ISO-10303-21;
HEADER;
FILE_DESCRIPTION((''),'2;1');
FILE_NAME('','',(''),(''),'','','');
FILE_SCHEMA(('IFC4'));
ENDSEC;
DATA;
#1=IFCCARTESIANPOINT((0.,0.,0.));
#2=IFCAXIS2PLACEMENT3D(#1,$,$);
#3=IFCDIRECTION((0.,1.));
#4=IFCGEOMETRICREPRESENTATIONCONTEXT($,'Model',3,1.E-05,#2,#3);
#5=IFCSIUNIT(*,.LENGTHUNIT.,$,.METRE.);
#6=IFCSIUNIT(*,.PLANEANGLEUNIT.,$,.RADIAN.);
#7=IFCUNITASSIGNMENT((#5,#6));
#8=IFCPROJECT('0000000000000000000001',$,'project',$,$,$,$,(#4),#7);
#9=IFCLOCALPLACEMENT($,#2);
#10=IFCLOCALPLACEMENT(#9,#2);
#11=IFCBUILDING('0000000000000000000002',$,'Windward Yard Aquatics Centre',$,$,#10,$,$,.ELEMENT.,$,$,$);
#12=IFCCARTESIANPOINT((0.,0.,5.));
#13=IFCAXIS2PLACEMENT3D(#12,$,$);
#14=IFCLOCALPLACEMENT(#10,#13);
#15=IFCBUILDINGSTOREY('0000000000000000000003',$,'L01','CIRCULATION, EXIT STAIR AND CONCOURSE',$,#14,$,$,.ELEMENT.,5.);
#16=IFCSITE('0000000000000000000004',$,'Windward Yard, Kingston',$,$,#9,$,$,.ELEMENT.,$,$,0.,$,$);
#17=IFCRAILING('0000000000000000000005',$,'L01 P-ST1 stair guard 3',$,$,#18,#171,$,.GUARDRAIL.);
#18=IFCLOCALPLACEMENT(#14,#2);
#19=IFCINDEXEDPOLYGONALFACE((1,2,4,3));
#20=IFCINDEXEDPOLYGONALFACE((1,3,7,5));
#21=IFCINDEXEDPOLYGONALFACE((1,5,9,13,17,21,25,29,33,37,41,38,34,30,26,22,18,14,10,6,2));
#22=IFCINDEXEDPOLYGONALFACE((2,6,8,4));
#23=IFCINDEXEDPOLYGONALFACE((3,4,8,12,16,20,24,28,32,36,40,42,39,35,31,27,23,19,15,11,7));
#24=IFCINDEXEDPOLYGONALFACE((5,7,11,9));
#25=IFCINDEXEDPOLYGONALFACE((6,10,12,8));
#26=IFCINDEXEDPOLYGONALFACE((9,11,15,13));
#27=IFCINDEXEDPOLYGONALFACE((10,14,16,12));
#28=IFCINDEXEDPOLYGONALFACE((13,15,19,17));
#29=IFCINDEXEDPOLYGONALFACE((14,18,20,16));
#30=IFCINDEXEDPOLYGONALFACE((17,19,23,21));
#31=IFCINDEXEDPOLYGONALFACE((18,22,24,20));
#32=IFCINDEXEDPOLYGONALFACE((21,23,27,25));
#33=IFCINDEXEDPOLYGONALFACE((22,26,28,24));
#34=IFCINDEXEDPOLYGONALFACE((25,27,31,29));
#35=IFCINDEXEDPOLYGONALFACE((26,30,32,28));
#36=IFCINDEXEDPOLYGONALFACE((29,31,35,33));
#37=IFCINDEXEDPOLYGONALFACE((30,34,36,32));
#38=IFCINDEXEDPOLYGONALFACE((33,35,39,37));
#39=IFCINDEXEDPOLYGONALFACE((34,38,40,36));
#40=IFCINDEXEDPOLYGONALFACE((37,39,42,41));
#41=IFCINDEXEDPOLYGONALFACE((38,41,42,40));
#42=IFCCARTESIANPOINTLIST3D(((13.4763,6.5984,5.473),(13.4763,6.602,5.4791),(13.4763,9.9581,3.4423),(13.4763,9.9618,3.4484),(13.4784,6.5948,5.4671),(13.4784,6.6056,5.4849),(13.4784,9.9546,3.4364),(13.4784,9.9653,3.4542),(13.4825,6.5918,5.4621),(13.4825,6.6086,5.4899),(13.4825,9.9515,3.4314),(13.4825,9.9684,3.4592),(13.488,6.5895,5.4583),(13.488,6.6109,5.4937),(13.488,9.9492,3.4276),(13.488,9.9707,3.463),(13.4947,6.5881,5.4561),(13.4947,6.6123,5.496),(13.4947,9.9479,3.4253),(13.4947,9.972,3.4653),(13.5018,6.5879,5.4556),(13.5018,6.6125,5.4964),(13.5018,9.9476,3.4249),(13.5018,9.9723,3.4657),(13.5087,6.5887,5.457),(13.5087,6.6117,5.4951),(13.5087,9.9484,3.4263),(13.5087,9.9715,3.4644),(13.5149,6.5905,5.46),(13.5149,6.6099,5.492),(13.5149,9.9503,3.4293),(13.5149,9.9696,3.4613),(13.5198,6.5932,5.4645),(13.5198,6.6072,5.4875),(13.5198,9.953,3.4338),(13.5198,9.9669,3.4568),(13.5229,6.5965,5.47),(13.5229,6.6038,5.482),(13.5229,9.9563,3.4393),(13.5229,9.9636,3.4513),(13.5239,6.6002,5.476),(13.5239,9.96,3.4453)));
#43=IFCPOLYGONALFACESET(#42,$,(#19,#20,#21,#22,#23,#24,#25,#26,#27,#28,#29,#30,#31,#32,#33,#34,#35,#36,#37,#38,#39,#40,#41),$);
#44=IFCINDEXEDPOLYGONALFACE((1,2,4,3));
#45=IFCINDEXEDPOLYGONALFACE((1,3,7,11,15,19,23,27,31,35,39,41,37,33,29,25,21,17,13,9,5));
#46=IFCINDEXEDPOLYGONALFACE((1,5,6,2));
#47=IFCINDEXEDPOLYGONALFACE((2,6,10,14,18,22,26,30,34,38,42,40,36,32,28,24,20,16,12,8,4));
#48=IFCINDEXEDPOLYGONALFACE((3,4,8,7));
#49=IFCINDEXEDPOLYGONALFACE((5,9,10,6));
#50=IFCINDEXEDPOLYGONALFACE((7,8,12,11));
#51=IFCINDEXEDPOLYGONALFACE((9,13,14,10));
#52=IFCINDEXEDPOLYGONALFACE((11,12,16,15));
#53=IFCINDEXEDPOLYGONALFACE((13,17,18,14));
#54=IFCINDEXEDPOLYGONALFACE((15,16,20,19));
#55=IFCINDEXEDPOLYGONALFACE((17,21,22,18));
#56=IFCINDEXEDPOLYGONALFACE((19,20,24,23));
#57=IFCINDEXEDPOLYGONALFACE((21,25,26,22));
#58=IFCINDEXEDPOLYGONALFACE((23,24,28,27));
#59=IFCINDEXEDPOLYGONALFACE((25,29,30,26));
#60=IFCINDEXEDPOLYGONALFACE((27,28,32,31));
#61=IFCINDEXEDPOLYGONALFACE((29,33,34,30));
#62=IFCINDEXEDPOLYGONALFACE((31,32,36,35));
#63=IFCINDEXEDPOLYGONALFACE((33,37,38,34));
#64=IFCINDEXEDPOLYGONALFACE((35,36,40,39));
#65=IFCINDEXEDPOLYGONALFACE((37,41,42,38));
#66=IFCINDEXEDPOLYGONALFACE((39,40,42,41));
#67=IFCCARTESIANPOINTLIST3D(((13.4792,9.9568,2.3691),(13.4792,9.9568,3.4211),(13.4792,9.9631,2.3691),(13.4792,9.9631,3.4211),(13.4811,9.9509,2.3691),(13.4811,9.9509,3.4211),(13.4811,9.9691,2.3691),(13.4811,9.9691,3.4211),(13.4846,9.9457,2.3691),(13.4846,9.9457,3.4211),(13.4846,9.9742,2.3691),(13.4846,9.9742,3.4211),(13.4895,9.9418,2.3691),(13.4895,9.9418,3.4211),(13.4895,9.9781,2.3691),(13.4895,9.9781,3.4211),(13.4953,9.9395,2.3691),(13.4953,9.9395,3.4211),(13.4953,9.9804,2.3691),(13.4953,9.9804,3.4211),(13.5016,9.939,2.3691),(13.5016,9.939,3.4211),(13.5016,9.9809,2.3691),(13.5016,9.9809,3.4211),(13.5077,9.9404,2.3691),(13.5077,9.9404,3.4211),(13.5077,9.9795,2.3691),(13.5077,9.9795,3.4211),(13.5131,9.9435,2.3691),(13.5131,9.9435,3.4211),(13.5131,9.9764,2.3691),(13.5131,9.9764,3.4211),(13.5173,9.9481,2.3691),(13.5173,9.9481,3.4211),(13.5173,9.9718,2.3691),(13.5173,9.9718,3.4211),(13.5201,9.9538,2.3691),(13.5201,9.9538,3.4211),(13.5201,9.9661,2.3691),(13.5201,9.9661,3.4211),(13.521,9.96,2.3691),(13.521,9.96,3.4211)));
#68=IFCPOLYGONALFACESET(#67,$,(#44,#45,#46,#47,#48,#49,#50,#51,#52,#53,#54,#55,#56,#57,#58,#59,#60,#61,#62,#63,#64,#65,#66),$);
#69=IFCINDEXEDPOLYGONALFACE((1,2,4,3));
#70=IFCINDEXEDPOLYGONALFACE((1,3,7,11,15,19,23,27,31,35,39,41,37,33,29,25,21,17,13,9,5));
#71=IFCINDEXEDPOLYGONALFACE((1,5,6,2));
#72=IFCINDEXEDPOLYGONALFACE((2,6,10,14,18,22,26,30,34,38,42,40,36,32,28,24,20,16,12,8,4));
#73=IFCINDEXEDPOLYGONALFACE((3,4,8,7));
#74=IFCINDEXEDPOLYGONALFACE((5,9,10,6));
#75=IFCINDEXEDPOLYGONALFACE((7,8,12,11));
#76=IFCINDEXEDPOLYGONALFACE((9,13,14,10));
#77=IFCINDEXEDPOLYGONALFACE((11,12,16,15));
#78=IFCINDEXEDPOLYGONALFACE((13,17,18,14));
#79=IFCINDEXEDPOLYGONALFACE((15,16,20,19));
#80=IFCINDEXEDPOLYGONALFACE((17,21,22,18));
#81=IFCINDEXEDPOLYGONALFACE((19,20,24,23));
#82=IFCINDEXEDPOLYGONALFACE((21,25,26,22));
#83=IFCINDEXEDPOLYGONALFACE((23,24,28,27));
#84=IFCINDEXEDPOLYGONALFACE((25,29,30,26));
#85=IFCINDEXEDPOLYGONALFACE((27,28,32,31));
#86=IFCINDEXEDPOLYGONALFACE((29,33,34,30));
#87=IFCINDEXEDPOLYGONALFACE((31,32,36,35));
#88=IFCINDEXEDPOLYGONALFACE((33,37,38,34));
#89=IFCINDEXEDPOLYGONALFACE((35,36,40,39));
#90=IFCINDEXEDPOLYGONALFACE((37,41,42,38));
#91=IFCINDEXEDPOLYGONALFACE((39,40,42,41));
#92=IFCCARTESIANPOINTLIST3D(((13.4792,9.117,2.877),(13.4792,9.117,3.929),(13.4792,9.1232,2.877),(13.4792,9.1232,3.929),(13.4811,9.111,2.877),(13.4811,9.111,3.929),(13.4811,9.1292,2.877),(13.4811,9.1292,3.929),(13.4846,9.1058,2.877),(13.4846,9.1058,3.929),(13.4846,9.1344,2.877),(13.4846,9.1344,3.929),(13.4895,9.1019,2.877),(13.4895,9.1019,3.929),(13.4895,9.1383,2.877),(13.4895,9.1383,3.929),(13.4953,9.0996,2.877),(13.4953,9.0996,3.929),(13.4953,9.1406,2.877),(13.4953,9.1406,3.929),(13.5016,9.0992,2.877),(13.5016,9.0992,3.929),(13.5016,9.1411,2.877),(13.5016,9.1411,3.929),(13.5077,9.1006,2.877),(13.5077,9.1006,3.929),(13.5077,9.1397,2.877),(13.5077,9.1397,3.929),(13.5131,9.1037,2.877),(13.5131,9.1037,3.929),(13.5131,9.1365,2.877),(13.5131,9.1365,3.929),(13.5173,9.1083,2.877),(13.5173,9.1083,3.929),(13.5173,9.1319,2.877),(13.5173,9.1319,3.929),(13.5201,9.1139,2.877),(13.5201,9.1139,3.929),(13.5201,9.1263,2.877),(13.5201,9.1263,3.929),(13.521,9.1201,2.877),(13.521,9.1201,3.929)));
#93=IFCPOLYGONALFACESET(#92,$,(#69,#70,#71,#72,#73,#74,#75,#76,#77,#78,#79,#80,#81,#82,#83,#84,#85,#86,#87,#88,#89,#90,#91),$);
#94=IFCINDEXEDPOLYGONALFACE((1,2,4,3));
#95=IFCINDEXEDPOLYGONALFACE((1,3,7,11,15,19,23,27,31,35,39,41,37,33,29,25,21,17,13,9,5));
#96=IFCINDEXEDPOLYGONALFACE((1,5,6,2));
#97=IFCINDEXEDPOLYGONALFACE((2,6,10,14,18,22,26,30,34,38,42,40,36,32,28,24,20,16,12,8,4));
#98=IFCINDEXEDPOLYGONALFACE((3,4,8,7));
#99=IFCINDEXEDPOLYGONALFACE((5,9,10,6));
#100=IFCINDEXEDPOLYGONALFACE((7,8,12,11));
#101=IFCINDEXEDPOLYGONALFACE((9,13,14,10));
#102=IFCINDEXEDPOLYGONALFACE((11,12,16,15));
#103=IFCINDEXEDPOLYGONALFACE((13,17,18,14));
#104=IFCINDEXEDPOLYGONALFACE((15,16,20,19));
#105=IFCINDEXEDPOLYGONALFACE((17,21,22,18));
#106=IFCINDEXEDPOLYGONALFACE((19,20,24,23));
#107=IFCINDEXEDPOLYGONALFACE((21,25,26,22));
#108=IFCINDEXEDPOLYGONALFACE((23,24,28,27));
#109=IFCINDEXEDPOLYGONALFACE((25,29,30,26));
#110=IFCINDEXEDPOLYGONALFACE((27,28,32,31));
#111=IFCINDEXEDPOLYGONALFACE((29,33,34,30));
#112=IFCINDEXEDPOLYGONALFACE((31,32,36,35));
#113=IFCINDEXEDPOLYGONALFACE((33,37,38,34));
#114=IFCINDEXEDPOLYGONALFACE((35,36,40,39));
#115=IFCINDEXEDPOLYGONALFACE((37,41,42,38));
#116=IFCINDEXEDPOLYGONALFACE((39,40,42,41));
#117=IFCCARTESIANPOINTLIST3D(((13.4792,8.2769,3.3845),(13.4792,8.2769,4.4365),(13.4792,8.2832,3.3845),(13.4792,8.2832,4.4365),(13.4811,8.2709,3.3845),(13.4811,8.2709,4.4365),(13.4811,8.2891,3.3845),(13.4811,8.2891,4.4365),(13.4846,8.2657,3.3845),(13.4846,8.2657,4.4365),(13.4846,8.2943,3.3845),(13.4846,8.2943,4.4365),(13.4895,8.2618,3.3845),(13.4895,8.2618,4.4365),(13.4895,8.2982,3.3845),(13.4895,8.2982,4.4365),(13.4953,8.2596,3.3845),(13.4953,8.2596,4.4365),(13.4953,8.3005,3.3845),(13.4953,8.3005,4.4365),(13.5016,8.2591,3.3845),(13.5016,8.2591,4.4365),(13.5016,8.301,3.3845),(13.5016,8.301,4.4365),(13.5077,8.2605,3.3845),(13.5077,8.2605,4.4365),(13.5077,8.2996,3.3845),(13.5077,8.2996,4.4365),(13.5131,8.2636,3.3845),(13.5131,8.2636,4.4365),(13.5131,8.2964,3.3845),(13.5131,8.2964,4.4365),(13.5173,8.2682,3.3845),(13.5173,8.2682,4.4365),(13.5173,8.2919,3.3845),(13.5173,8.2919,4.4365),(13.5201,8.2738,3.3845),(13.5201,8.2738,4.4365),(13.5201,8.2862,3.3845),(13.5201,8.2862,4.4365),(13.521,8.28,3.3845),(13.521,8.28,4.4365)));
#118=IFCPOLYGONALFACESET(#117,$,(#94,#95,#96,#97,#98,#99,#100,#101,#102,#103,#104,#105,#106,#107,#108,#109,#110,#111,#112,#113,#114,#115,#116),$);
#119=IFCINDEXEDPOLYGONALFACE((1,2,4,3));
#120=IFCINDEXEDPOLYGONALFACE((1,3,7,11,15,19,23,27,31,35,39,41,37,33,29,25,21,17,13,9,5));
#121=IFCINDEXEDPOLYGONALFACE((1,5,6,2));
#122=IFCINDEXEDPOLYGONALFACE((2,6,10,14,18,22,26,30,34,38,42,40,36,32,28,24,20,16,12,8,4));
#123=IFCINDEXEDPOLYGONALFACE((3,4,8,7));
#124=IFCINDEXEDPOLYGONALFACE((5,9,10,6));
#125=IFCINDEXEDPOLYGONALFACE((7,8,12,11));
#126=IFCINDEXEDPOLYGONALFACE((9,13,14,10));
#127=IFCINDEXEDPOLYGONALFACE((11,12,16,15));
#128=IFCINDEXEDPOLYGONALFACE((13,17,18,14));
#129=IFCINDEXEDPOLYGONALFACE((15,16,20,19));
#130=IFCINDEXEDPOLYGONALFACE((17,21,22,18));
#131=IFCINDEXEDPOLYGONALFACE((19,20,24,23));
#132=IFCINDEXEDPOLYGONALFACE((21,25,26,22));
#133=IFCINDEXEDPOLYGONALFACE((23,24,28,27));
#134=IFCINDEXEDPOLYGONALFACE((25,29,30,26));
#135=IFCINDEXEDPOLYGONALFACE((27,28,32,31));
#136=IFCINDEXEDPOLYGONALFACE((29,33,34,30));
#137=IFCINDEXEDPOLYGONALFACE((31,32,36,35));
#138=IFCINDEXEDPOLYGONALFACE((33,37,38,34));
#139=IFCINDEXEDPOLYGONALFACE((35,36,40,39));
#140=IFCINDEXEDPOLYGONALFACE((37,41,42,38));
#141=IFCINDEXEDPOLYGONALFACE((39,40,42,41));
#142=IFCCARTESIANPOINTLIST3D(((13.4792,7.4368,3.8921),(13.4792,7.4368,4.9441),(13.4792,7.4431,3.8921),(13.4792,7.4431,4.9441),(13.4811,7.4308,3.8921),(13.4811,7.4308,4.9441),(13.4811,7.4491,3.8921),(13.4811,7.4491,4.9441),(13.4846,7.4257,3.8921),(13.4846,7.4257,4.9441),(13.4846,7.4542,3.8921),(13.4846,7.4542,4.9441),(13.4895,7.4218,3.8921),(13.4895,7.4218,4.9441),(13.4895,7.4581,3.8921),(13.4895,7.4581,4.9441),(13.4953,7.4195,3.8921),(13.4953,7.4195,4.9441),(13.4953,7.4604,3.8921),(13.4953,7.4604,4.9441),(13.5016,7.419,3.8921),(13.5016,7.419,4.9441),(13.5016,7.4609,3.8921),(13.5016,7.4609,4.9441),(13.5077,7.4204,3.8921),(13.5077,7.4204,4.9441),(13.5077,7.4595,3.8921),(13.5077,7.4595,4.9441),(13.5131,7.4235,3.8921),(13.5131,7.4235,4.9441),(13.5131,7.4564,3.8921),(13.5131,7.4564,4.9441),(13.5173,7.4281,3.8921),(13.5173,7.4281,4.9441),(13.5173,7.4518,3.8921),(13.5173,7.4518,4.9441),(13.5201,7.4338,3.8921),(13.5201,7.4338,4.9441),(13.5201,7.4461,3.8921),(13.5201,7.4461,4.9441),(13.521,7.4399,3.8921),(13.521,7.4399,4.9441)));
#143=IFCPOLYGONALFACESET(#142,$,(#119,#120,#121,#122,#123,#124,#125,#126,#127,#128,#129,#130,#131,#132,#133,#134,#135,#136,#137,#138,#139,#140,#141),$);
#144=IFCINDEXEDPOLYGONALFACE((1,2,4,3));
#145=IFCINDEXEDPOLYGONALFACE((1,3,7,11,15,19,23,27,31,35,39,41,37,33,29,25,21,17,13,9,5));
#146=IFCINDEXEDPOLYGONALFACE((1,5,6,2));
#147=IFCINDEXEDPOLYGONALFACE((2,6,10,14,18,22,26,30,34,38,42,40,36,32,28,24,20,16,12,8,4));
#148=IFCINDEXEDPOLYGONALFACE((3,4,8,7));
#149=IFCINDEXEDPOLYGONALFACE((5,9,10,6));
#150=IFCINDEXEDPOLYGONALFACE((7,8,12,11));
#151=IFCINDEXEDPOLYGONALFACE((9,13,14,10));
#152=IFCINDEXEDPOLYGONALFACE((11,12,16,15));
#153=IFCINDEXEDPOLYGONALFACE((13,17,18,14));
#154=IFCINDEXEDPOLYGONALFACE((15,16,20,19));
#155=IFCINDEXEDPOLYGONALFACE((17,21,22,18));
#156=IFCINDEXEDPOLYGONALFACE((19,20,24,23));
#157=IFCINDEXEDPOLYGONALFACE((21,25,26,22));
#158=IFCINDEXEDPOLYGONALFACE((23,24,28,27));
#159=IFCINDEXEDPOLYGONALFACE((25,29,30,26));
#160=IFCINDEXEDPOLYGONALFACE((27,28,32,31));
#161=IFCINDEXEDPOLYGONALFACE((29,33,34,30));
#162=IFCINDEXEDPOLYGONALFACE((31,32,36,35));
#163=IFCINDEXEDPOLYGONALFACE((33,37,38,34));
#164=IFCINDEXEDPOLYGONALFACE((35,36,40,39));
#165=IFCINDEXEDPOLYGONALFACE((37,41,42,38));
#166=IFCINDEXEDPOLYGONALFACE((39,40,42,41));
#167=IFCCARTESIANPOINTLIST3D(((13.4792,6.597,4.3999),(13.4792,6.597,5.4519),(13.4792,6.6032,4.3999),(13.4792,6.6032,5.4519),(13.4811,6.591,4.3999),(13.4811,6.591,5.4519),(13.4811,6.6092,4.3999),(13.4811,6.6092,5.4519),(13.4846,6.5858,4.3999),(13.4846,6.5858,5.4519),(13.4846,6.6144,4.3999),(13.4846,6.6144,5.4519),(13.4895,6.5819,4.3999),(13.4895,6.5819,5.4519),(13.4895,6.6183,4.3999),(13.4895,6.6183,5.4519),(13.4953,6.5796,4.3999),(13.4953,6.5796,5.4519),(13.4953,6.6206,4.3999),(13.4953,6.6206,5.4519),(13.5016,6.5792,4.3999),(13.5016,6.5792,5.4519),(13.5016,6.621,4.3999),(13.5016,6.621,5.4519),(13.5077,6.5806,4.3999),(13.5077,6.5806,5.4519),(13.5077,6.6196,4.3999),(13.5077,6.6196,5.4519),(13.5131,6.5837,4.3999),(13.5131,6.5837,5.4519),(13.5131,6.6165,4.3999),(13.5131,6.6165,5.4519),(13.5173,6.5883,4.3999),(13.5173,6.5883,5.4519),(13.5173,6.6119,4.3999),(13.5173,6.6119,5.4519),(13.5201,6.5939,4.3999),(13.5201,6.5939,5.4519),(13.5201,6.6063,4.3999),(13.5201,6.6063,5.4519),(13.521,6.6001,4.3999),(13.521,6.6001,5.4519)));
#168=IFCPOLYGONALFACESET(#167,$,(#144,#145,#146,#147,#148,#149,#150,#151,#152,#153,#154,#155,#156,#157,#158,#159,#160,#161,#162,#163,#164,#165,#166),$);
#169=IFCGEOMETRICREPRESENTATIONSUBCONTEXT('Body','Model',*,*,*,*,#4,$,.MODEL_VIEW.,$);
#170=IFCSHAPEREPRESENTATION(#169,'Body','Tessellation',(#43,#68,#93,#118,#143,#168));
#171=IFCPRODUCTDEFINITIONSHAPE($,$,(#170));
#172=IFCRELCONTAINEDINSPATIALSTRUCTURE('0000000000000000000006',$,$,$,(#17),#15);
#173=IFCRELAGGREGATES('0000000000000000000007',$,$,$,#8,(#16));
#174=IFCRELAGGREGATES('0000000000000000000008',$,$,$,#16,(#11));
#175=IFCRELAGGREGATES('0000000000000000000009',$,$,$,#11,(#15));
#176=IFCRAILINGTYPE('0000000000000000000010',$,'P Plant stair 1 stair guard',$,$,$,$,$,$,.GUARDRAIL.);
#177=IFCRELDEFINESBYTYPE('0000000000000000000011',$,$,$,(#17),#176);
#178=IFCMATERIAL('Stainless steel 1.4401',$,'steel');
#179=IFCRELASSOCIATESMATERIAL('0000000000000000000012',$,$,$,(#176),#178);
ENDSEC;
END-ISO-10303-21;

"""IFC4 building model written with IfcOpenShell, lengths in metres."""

from ifc_helpers import new_model, si_unit, direction, frame, origin, origin_2d, place, context, subcontext, project, spatial, circle, extrude, material, type_object, element, save


model = new_model("IFC4")

# Units and contexts
model_context = context("Model", 3, precision=1e-05, world=origin(), true_north=direction((0.0, 1.0)))
body_context = subcontext(model_context, "Body", "Model", "MODEL_VIEW")
ifc_project = project(units=[si_unit("LENGTHUNIT", "METRE"), si_unit("PLANEANGLEUNIT", "RADIAN")], contexts=[model_context])

# Site, building, storey
site_placement = place(None, origin())
site = spatial("IfcSite", under=ifc_project, at=site_placement, Name="Windward Yard, Kingston", CompositionType="ELEMENT", RefElevation=0.0)
building_placement = place(site_placement, origin())
building = spatial("IfcBuilding", under=site, at=building_placement, Name="Windward Yard Aquatics Centre", CompositionType="ELEMENT")
storey_placement = place(building_placement, frame((0.0, 0.0, 5.0)))
storey = spatial("IfcBuildingStorey", under=building, at=storey_placement, Name="L01", Description="CIRCULATION, EXIT STAIR AND CONCOURSE", CompositionType="ELEMENT", Elevation=5.0)

# Railing
ifc_material_1 = material(Name="Stainless steel 1.4401", Category="steel")
railing_type_1 = type_object("IfcRailingType", Name="P Plant stair 1 stair guard", PredefinedType="GUARDRAIL", material=ifc_material_1)
railing_1_placement = place(storey_placement, frame((13.5, 9.96, 2.3691)))
element("IfcRailing", 1, at=railing_1_placement, inside=storey, type_object=railing_type_1, Name="L01 P-ST1 stair guard 3", PredefinedType="GUARDRAIL", context=body_context, shape_type="SweptSolid", body=[
    extrude(circle(Radius=0.0239, at=origin_2d()), frame((0.0, 0.0, 1.0762), z_axis=(0.0, -0.85582, 0.517273), x_axis=(1.0, 0.0, 0.0)), (0.0, 0.0, 1.0), 3.9258),
    extrude(circle(Radius=0.021, at=origin_2d()), origin(), (0.0, 0.0, 1.0), 1.052),
    extrude(circle(Radius=0.021, at=origin_2d()), frame((0.0, -0.8398, 0.5078)), (0.0, 0.0, 1.0), 1.052),
    extrude(circle(Radius=0.021, at=origin_2d()), frame((0.0, -1.6799, 1.0154)), (0.0, 0.0, 1.0), 1.052),
    extrude(circle(Radius=0.021, at=origin_2d()), frame((0.0, -2.52, 1.5229)), (0.0, 0.0, 1.0), 1.052),
    extrude(circle(Radius=0.021, at=origin_2d()), frame((0.0, -3.3599, 2.0308)), (0.0, 0.0, 1.0), 1.052),
])

save(model, "model.ifc")
